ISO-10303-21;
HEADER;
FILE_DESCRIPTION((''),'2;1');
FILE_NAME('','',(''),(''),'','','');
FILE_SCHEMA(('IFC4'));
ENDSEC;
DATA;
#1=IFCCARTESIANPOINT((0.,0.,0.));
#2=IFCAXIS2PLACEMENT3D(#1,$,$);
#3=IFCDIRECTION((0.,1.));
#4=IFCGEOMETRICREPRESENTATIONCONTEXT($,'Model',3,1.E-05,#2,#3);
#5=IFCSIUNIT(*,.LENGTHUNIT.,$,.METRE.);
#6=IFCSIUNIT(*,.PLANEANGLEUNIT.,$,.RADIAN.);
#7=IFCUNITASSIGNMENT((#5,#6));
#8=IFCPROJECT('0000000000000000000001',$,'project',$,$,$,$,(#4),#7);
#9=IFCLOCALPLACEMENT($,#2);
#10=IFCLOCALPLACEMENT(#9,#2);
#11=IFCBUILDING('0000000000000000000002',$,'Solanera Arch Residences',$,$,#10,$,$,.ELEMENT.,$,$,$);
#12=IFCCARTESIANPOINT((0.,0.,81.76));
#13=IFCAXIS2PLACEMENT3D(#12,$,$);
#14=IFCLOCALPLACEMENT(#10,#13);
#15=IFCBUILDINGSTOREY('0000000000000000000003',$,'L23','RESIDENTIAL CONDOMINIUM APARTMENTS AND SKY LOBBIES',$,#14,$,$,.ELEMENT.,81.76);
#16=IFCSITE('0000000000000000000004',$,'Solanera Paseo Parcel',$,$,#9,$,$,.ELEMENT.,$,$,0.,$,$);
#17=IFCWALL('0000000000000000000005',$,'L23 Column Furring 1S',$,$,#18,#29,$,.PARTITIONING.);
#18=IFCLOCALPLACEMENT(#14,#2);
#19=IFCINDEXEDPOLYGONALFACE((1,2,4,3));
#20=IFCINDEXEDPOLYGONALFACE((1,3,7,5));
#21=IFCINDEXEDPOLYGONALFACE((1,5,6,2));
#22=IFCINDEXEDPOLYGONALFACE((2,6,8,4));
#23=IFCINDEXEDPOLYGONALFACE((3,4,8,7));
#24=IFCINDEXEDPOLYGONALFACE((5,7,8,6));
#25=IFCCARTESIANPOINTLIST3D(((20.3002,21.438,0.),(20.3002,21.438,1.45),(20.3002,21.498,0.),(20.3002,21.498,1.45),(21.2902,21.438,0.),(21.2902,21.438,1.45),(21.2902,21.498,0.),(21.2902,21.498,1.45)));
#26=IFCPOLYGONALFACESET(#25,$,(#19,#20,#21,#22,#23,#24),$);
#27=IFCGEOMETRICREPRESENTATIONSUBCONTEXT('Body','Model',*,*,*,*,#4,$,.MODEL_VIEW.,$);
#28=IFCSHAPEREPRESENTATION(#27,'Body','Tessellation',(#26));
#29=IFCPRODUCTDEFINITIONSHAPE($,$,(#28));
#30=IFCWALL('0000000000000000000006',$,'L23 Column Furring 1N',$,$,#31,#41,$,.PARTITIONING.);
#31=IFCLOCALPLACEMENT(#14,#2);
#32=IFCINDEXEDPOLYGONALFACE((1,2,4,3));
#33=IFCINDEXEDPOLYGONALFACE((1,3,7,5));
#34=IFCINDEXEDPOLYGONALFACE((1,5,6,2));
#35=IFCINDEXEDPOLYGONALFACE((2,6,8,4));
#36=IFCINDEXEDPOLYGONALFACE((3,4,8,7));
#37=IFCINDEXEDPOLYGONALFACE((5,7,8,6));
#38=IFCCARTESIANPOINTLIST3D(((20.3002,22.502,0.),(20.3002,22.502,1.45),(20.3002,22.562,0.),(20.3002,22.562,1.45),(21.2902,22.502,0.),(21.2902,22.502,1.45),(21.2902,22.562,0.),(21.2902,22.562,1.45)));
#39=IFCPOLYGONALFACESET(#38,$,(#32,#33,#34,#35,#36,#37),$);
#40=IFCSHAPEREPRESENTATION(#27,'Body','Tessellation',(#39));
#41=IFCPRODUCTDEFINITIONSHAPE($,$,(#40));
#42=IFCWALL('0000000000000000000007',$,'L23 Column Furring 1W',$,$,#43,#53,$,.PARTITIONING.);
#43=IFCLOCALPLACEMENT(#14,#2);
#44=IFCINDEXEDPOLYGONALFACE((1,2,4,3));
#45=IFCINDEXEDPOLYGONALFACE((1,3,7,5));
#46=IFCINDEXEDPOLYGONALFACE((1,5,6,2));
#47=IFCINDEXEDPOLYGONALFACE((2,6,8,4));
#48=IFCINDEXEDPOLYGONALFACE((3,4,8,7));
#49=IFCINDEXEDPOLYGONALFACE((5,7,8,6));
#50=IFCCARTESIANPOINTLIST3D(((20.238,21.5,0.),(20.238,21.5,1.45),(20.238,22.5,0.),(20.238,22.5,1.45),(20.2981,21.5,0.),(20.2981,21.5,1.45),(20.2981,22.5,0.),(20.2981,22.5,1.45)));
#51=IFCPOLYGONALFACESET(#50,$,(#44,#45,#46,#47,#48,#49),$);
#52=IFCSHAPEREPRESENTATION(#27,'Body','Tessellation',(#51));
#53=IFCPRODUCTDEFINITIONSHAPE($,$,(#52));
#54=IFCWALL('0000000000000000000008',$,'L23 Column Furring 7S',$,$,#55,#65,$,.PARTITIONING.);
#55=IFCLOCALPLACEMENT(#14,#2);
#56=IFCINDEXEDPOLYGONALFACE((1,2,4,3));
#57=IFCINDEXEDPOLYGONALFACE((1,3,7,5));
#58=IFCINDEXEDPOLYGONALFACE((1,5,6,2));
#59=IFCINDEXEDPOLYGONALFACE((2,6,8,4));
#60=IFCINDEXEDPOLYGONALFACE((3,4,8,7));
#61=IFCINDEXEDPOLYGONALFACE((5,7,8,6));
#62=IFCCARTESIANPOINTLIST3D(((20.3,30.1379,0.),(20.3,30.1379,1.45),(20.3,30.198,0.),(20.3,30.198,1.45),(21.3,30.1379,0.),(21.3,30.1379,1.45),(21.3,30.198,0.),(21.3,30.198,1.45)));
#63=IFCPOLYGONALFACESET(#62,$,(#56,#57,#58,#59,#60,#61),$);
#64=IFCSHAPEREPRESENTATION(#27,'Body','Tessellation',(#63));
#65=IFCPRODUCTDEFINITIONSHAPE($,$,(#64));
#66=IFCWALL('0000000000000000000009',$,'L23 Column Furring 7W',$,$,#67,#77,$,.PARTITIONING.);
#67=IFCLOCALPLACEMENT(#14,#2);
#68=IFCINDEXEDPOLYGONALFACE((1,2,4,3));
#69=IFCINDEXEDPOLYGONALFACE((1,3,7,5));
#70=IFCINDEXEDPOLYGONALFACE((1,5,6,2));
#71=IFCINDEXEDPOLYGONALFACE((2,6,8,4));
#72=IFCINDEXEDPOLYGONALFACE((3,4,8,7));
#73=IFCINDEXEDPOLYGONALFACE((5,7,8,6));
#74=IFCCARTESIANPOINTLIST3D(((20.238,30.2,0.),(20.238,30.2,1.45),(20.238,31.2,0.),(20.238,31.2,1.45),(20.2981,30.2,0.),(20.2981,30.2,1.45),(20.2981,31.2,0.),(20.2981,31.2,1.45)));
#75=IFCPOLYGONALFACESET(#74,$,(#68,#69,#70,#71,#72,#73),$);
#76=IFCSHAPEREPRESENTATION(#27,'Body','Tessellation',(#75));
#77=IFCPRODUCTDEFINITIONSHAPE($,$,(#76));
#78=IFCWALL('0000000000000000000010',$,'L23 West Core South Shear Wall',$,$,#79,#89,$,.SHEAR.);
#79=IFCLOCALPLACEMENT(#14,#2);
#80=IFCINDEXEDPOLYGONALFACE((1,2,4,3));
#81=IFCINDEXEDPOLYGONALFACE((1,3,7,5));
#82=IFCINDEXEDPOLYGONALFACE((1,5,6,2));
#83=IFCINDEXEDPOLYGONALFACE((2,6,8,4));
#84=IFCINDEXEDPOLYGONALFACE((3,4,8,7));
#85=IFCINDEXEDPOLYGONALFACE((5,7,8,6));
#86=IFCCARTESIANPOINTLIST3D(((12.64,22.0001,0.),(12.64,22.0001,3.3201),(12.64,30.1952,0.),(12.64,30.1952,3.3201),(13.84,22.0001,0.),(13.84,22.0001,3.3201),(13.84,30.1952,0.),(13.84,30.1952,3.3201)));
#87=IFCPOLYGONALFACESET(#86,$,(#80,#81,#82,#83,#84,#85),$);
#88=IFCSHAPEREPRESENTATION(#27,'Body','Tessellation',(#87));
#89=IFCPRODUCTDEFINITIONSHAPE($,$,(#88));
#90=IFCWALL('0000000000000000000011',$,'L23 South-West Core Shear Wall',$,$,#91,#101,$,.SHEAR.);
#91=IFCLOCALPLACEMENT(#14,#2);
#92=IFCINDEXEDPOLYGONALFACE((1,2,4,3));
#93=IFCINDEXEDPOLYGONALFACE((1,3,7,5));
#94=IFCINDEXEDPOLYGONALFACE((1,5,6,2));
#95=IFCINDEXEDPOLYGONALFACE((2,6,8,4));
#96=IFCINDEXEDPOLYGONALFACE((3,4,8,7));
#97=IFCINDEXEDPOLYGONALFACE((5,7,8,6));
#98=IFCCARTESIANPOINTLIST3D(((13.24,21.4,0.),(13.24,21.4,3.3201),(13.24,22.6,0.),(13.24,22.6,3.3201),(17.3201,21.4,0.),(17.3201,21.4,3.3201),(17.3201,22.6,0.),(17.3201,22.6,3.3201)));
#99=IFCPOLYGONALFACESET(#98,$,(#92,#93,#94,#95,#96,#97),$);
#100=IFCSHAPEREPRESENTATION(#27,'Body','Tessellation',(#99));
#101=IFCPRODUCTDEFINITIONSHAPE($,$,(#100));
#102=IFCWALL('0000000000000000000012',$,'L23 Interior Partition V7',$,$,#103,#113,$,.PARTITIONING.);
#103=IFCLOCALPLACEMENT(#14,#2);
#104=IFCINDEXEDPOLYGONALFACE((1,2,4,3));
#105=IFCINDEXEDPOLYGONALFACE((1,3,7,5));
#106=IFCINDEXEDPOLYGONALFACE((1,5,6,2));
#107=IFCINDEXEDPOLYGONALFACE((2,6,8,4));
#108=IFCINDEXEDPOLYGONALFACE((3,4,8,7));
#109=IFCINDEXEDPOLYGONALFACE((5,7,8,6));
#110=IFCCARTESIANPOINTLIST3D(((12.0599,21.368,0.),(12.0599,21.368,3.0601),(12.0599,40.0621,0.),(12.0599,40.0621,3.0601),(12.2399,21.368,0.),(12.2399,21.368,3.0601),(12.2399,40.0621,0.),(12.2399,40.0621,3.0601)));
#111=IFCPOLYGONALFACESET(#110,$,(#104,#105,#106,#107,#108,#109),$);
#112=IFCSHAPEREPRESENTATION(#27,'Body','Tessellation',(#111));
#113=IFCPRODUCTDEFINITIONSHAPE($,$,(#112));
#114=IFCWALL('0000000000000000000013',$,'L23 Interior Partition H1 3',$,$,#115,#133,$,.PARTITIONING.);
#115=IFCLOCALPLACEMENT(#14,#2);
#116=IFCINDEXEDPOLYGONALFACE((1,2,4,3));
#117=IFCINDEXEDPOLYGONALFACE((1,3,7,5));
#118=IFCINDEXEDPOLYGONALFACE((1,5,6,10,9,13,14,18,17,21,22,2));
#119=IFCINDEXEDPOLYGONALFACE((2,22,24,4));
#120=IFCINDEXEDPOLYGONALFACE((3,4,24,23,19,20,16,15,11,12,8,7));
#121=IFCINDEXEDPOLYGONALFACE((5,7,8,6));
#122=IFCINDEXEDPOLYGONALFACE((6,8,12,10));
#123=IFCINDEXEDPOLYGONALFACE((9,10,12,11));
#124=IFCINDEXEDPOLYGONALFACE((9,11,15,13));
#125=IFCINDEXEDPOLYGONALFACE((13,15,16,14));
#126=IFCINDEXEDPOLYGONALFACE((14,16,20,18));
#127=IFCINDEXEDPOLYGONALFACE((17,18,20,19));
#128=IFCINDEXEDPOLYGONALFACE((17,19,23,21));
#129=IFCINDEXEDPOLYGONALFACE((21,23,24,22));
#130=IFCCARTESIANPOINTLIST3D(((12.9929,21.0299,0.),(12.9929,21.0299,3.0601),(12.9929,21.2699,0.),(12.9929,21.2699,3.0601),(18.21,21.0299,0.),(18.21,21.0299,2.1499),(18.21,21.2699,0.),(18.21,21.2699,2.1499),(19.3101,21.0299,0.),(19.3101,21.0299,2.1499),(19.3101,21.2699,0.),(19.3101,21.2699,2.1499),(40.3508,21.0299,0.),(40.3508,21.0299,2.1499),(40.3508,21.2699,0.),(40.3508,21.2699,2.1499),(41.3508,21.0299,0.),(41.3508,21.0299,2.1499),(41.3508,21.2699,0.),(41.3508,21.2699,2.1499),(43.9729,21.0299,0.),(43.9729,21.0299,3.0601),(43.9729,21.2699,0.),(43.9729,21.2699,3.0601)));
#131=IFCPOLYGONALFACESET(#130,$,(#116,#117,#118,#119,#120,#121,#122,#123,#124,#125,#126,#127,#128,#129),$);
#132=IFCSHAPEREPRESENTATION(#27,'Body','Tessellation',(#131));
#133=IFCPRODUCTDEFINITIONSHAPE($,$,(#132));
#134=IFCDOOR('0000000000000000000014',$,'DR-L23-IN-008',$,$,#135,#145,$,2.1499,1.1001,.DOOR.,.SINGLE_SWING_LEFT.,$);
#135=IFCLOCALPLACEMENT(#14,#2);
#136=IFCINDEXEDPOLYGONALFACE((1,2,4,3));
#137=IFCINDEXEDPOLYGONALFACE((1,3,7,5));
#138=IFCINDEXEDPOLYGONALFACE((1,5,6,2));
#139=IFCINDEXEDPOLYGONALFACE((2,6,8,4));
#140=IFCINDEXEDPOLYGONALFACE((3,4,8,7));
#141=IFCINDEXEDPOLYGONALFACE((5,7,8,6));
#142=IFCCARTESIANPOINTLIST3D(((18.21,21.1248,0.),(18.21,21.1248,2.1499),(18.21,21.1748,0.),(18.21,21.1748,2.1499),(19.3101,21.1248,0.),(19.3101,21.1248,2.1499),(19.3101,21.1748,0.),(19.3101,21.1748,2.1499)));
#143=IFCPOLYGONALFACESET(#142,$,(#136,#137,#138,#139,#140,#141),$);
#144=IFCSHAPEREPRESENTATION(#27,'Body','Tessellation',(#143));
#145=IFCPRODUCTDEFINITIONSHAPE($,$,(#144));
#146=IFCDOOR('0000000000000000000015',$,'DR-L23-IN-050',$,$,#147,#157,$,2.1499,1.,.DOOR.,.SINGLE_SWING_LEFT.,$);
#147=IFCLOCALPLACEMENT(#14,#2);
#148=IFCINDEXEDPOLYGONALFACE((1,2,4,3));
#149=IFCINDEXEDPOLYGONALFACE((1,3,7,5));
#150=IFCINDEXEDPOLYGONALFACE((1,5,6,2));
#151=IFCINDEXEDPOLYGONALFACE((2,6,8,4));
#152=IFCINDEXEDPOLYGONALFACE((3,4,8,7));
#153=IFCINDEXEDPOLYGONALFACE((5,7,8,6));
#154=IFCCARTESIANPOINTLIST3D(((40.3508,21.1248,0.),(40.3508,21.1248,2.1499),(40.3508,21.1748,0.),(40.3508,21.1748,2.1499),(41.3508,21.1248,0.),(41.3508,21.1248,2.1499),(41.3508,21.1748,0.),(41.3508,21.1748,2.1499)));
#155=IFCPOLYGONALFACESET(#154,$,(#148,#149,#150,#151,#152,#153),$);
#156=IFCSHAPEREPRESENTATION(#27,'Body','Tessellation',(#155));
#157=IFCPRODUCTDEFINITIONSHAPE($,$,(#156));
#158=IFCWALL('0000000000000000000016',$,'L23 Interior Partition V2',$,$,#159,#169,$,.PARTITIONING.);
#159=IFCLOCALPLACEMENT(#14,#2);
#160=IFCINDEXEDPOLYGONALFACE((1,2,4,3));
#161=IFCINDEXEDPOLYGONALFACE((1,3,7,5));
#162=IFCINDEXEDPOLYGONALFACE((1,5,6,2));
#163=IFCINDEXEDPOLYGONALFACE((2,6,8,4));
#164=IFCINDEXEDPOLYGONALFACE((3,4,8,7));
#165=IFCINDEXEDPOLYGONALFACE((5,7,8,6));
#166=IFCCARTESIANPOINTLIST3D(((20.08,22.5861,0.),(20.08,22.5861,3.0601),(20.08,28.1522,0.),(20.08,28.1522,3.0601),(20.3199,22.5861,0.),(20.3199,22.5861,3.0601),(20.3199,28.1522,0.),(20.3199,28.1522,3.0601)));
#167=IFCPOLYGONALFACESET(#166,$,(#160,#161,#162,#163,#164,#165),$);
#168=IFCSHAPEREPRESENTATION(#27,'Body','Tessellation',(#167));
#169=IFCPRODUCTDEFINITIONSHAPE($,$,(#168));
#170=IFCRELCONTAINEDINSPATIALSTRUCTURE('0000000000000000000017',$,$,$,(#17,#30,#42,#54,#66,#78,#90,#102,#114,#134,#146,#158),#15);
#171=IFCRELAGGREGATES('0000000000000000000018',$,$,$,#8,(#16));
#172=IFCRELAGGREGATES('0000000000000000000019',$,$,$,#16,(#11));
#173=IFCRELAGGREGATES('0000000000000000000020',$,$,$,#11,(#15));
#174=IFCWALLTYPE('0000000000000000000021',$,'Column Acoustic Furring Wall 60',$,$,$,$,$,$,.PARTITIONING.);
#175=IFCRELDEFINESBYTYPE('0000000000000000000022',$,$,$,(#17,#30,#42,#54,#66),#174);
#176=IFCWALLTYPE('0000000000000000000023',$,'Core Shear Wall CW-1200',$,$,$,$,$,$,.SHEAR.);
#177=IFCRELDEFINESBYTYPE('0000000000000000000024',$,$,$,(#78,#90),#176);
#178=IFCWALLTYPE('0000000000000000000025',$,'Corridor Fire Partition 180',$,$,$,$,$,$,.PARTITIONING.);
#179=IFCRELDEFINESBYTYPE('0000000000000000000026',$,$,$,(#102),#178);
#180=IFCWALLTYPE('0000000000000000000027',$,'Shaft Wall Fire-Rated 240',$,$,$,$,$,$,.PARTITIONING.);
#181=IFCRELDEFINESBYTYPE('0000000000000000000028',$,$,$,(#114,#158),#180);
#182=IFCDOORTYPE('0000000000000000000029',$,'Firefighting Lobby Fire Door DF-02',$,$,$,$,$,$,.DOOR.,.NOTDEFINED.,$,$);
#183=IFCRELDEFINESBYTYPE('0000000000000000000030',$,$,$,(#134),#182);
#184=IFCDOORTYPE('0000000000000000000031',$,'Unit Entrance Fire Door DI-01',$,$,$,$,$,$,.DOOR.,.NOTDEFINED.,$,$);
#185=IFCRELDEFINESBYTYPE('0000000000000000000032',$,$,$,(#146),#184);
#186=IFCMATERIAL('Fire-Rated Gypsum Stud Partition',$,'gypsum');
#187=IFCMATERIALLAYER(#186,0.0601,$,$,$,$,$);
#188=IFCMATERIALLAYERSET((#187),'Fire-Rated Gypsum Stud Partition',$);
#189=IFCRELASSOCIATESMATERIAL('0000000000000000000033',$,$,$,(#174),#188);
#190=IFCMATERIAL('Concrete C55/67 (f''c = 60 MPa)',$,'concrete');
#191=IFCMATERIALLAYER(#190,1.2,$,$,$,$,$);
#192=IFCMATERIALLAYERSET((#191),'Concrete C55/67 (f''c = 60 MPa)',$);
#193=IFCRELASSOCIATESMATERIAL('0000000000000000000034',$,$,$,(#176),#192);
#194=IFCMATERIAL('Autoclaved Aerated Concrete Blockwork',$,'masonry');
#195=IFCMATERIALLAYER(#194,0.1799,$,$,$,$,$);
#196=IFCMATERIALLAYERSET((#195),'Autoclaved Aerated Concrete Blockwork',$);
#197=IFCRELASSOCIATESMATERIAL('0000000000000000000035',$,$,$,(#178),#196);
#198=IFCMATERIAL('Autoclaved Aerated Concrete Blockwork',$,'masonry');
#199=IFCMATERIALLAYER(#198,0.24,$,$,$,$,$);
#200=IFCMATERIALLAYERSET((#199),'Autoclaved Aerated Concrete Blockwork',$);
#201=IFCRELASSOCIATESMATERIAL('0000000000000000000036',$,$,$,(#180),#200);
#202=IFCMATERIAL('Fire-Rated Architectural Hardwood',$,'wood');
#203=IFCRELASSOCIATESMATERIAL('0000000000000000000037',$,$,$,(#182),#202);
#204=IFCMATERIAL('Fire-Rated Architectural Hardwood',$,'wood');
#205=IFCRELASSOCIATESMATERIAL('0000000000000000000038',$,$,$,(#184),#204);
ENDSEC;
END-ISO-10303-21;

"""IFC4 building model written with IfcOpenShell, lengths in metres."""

from ifc_helpers import new_model, si_unit, direction, frame, frame_2d, origin, place, context, subcontext, project, spatial, rectangle, extrude, material, layer, layer_set, type_object, element, fill, save


model = new_model("IFC4")

# Units and contexts
model_context = context("Model", 3, precision=1e-05, world=origin(), true_north=direction((0.0, 1.0)))
body_context = subcontext(model_context, "Body", "Model", "MODEL_VIEW")
ifc_project = project(units=[si_unit("LENGTHUNIT", "METRE"), si_unit("PLANEANGLEUNIT", "RADIAN")], contexts=[model_context])

# Site, building, storey
site_placement = place(None, origin())
site = spatial("IfcSite", under=ifc_project, at=site_placement, Name="Solanera Paseo Parcel", CompositionType="ELEMENT", RefElevation=0.0)
building_placement = place(site_placement, origin())
building = spatial("IfcBuilding", under=site, at=building_placement, Name="Solanera Arch Residences", CompositionType="ELEMENT")
storey_placement = place(building_placement, frame((0.0, 0.0, 81.76)))
storey = spatial("IfcBuildingStorey", under=building, at=storey_placement, Name="L23", Description="RESIDENTIAL CONDOMINIUM APARTMENTS AND SKY LOBBIES", CompositionType="ELEMENT", Elevation=81.76)

# Walls
ifc_material_1 = material(Name="Fire-Rated Gypsum Stud Partition", Category="gypsum")
ifc_layer_1 = layer(ifc_material_1, 0.0601)
ifc_layer_set_1 = layer_set([ifc_layer_1], Name="Fire-Rated Gypsum Stud Partition")
wall_type_1 = type_object("IfcWallType", Name="Column Acoustic Furring Wall 60", PredefinedType="PARTITIONING", material=ifc_layer_set_1)
for number, where, z_axis, x_axis, name in (
    (1, (20.3, 21.468, 0.0), (0.0, 0.0, 1.0), (1.0, 0.0, 0.0), "L23 Column Furring 1S"),
    (2, (20.3, 22.532, 0.0), (0.0, 0.0, 1.0), (1.0, 0.0, 0.0), "L23 Column Furring 1N"),
):
    element("IfcWall", number, at=place(storey_placement, frame(where, z_axis=z_axis, x_axis=x_axis)), inside=storey, type_object=wall_type_1, Name=name, PredefinedType="PARTITIONING", context=body_context, shape_type="SweptSolid", body=[
        extrude(rectangle(XDim=0.99, YDim=0.0601, at=frame_2d((0.4951, 0.0))), origin(), (0.0, 0.0, 1.0), 1.45),
    ])
for number, where, z_axis, x_axis, name in (
    (3, (20.2681, 21.5, 0.0), (0.0, 0.0, 1.0), (0.0, 1.0, 0.0), "L23 Column Furring 1W"),
    (4, (20.3, 30.168, 0.0), (0.0, 0.0, 1.0), (1.0, 0.0, 0.0), "L23 Column Furring 7S"),
    (5, (20.2681, 30.2, 0.0), (0.0, 0.0, 1.0), (0.0, 1.0, 0.0), "L23 Column Furring 7W"),
):
    element("IfcWall", number, at=place(storey_placement, frame(where, z_axis=z_axis, x_axis=x_axis)), inside=storey, type_object=wall_type_1, Name=name, PredefinedType="PARTITIONING", context=body_context, shape_type="SweptSolid", body=[
        extrude(rectangle(XDim=1.0, YDim=0.0601, at=frame_2d((0.5, 0.0))), origin(), (0.0, 0.0, 1.0), 1.45),
    ])
ifc_material_2 = material(Name="Concrete C55/67 (f'c = 60 MPa)", Category="concrete")
ifc_layer_2 = layer(ifc_material_2, 1.2)
ifc_layer_set_2 = layer_set([ifc_layer_2], Name="Concrete C55/67 (f'c = 60 MPa)")
wall_type_2 = type_object("IfcWallType", Name="Core Shear Wall CW-1200", PredefinedType="SHEAR", material=ifc_layer_set_2)
wall_1_placement = place(storey_placement, frame((13.24, 22.0, 0.0), z_axis=(0.0, 0.0, 1.0), x_axis=(0.0, 1.0, 0.0)))
element("IfcWall", 6, at=wall_1_placement, inside=storey, type_object=wall_type_2, Name="L23 West Core South Shear Wall", PredefinedType="SHEAR", context=body_context, shape_type="SweptSolid", body=[
    extrude(rectangle(XDim=8.1951, YDim=1.2, at=frame_2d((4.0977, 0.0))), origin(), (0.0, 0.0, 1.0), 3.3201),
])
wall_2_placement = place(storey_placement, frame((13.24, 22.0, 0.0), z_axis=(0.0, 0.0, 1.0), x_axis=(1.0, 0.0, 0.0)))
element("IfcWall", 7, at=wall_2_placement, inside=storey, type_object=wall_type_2, Name="L23 South-West Core Shear Wall", PredefinedType="SHEAR", context=body_context, shape_type="SweptSolid", body=[
    extrude(rectangle(XDim=4.0801, YDim=1.2, at=frame_2d((2.04, 0.0))), origin(), (0.0, 0.0, 1.0), 3.3201),
])

# Wall
ifc_material_3 = material(Name="Autoclaved Aerated Concrete Blockwork", Category="masonry")
ifc_layer_3 = layer(ifc_material_3, 0.1799)
ifc_layer_set_3 = layer_set([ifc_layer_3], Name="Autoclaved Aerated Concrete Blockwork")
wall_type_3 = type_object("IfcWallType", Name="Corridor Fire Partition 180", PredefinedType="PARTITIONING", material=ifc_layer_set_3)
wall_3_placement = place(storey_placement, frame((12.1499, 21.3679, 0.0), z_axis=(0.0, 0.0, 1.0), x_axis=(0.0, 1.0, 0.0)))
element("IfcWall", 8, at=wall_3_placement, inside=storey, type_object=wall_type_3, Name="L23 Interior Partition V7", PredefinedType="PARTITIONING", context=body_context, shape_type="SweptSolid", body=[
    extrude(rectangle(XDim=18.6941, YDim=0.1799, at=frame_2d((9.3472, 0.0))), origin(), (0.0, 0.0, 1.0), 3.0601),
])

# Wall, openings, doors
ifc_material_4 = material(Name="Autoclaved Aerated Concrete Blockwork", Category="masonry")
ifc_layer_4 = layer(ifc_material_4, 0.24)
ifc_layer_set_4 = layer_set([ifc_layer_4], Name="Autoclaved Aerated Concrete Blockwork")
wall_type_4 = type_object("IfcWallType", Name="Shaft Wall Fire-Rated 240", PredefinedType="PARTITIONING", material=ifc_layer_set_4)
wall_4_placement = place(storey_placement, frame((12.9929, 21.1499, 0.0), z_axis=(0.0, 0.0, 1.0), x_axis=(1.0, 0.0, 0.0)))
wall_4 = element("IfcWall", 9, at=wall_4_placement, inside=storey, type_object=wall_type_4, Name="L23 Interior Partition H1 3", PredefinedType="PARTITIONING", context=body_context, shape_type="SweptSolid", body=[
    extrude(rectangle(XDim=30.98, YDim=0.24, at=frame_2d((15.49, 0.0))), origin(), (0.0, 0.0, 1.0), 3.0601),
])
opening_1_placement = place(wall_4_placement, frame((5.217, 0.0, 0.0)))
opening_1 = element("IfcOpeningElement", 10, at=opening_1_placement, cuts=wall_4, PredefinedType="OPENING", context=body_context, shape_type="SweptSolid", body=[
    extrude(rectangle(XDim=1.1001, YDim=2.1499, at=frame_2d((0.55, 1.075))), frame((0.0, 0.1299, 0.0), z_axis=(0.0, -1.0, 0.0), x_axis=(1.0, 0.0, 0.0)), (0.0, 0.0, 1.0), 0.26),
])
opening_2_placement = place(wall_4_placement, frame((27.3579, 0.0, 0.0)))
opening_2 = element("IfcOpeningElement", 11, at=opening_2_placement, cuts=wall_4, PredefinedType="OPENING", context=body_context, shape_type="SweptSolid", body=[
    extrude(rectangle(XDim=1.0, YDim=2.1499, at=frame_2d((0.5, 1.075))), frame((0.0, 0.1299, 0.0), z_axis=(0.0, -1.0, 0.0), x_axis=(1.0, 0.0, 0.0)), (0.0, 0.0, 1.0), 0.26),
])
ifc_material_5 = material(Name="Fire-Rated Architectural Hardwood", Category="wood")
door_type_1 = type_object("IfcDoorType", Name="Firefighting Lobby Fire Door DF-02", OperationType="NOTDEFINED", PredefinedType="DOOR", material=ifc_material_5)
door_1_placement = place(opening_1_placement, origin())
door_1 = element("IfcDoor", 12, at=door_1_placement, inside=storey, type_object=door_type_1, Name="DR-L23-IN-008", OperationType="SINGLE_SWING_LEFT", OverallHeight=2.1499, OverallWidth=1.1001, PredefinedType="DOOR", context=body_context, shape_type="SweptSolid", body=[
    extrude(rectangle(XDim=1.1001, YDim=2.1499, at=frame_2d((0.55, 1.075))), frame((0.0, 0.0249, 0.0), z_axis=(0.0, -1.0, 0.0), x_axis=(1.0, 0.0, 0.0)), (0.0, 0.0, 1.0), 0.05),
])
fill(opening_1, door_1)
ifc_material_6 = material(Name="Fire-Rated Architectural Hardwood", Category="wood")
door_type_2 = type_object("IfcDoorType", Name="Unit Entrance Fire Door DI-01", OperationType="NOTDEFINED", PredefinedType="DOOR", material=ifc_material_6)
door_2_placement = place(opening_2_placement, origin())
door_2 = element("IfcDoor", 13, at=door_2_placement, inside=storey, type_object=door_type_2, Name="DR-L23-IN-050", OperationType="SINGLE_SWING_LEFT", OverallHeight=2.1499, OverallWidth=1.0, PredefinedType="DOOR", context=body_context, shape_type="SweptSolid", body=[
    extrude(rectangle(XDim=1.0, YDim=2.1499, at=frame_2d((0.5, 1.075))), frame((0.0, 0.0249, 0.0), z_axis=(0.0, -1.0, 0.0), x_axis=(1.0, 0.0, 0.0)), (0.0, 0.0, 1.0), 0.05),
])
fill(opening_2, door_2)

# Wall
wall_5_placement = place(storey_placement, frame((20.2, 22.5859, 0.0), z_axis=(0.0, 0.0, 1.0), x_axis=(0.0, 1.0, 0.0)))
element("IfcWall", 14, at=wall_5_placement, inside=storey, type_object=wall_type_4, Name="L23 Interior Partition V2", PredefinedType="PARTITIONING", context=body_context, shape_type="SweptSolid", body=[
    extrude(rectangle(XDim=5.5662, YDim=0.24, at=frame_2d((2.7832, 0.0))), origin(), (0.0, 0.0, 1.0), 3.0601),
])

save(model, "model.ifc")
